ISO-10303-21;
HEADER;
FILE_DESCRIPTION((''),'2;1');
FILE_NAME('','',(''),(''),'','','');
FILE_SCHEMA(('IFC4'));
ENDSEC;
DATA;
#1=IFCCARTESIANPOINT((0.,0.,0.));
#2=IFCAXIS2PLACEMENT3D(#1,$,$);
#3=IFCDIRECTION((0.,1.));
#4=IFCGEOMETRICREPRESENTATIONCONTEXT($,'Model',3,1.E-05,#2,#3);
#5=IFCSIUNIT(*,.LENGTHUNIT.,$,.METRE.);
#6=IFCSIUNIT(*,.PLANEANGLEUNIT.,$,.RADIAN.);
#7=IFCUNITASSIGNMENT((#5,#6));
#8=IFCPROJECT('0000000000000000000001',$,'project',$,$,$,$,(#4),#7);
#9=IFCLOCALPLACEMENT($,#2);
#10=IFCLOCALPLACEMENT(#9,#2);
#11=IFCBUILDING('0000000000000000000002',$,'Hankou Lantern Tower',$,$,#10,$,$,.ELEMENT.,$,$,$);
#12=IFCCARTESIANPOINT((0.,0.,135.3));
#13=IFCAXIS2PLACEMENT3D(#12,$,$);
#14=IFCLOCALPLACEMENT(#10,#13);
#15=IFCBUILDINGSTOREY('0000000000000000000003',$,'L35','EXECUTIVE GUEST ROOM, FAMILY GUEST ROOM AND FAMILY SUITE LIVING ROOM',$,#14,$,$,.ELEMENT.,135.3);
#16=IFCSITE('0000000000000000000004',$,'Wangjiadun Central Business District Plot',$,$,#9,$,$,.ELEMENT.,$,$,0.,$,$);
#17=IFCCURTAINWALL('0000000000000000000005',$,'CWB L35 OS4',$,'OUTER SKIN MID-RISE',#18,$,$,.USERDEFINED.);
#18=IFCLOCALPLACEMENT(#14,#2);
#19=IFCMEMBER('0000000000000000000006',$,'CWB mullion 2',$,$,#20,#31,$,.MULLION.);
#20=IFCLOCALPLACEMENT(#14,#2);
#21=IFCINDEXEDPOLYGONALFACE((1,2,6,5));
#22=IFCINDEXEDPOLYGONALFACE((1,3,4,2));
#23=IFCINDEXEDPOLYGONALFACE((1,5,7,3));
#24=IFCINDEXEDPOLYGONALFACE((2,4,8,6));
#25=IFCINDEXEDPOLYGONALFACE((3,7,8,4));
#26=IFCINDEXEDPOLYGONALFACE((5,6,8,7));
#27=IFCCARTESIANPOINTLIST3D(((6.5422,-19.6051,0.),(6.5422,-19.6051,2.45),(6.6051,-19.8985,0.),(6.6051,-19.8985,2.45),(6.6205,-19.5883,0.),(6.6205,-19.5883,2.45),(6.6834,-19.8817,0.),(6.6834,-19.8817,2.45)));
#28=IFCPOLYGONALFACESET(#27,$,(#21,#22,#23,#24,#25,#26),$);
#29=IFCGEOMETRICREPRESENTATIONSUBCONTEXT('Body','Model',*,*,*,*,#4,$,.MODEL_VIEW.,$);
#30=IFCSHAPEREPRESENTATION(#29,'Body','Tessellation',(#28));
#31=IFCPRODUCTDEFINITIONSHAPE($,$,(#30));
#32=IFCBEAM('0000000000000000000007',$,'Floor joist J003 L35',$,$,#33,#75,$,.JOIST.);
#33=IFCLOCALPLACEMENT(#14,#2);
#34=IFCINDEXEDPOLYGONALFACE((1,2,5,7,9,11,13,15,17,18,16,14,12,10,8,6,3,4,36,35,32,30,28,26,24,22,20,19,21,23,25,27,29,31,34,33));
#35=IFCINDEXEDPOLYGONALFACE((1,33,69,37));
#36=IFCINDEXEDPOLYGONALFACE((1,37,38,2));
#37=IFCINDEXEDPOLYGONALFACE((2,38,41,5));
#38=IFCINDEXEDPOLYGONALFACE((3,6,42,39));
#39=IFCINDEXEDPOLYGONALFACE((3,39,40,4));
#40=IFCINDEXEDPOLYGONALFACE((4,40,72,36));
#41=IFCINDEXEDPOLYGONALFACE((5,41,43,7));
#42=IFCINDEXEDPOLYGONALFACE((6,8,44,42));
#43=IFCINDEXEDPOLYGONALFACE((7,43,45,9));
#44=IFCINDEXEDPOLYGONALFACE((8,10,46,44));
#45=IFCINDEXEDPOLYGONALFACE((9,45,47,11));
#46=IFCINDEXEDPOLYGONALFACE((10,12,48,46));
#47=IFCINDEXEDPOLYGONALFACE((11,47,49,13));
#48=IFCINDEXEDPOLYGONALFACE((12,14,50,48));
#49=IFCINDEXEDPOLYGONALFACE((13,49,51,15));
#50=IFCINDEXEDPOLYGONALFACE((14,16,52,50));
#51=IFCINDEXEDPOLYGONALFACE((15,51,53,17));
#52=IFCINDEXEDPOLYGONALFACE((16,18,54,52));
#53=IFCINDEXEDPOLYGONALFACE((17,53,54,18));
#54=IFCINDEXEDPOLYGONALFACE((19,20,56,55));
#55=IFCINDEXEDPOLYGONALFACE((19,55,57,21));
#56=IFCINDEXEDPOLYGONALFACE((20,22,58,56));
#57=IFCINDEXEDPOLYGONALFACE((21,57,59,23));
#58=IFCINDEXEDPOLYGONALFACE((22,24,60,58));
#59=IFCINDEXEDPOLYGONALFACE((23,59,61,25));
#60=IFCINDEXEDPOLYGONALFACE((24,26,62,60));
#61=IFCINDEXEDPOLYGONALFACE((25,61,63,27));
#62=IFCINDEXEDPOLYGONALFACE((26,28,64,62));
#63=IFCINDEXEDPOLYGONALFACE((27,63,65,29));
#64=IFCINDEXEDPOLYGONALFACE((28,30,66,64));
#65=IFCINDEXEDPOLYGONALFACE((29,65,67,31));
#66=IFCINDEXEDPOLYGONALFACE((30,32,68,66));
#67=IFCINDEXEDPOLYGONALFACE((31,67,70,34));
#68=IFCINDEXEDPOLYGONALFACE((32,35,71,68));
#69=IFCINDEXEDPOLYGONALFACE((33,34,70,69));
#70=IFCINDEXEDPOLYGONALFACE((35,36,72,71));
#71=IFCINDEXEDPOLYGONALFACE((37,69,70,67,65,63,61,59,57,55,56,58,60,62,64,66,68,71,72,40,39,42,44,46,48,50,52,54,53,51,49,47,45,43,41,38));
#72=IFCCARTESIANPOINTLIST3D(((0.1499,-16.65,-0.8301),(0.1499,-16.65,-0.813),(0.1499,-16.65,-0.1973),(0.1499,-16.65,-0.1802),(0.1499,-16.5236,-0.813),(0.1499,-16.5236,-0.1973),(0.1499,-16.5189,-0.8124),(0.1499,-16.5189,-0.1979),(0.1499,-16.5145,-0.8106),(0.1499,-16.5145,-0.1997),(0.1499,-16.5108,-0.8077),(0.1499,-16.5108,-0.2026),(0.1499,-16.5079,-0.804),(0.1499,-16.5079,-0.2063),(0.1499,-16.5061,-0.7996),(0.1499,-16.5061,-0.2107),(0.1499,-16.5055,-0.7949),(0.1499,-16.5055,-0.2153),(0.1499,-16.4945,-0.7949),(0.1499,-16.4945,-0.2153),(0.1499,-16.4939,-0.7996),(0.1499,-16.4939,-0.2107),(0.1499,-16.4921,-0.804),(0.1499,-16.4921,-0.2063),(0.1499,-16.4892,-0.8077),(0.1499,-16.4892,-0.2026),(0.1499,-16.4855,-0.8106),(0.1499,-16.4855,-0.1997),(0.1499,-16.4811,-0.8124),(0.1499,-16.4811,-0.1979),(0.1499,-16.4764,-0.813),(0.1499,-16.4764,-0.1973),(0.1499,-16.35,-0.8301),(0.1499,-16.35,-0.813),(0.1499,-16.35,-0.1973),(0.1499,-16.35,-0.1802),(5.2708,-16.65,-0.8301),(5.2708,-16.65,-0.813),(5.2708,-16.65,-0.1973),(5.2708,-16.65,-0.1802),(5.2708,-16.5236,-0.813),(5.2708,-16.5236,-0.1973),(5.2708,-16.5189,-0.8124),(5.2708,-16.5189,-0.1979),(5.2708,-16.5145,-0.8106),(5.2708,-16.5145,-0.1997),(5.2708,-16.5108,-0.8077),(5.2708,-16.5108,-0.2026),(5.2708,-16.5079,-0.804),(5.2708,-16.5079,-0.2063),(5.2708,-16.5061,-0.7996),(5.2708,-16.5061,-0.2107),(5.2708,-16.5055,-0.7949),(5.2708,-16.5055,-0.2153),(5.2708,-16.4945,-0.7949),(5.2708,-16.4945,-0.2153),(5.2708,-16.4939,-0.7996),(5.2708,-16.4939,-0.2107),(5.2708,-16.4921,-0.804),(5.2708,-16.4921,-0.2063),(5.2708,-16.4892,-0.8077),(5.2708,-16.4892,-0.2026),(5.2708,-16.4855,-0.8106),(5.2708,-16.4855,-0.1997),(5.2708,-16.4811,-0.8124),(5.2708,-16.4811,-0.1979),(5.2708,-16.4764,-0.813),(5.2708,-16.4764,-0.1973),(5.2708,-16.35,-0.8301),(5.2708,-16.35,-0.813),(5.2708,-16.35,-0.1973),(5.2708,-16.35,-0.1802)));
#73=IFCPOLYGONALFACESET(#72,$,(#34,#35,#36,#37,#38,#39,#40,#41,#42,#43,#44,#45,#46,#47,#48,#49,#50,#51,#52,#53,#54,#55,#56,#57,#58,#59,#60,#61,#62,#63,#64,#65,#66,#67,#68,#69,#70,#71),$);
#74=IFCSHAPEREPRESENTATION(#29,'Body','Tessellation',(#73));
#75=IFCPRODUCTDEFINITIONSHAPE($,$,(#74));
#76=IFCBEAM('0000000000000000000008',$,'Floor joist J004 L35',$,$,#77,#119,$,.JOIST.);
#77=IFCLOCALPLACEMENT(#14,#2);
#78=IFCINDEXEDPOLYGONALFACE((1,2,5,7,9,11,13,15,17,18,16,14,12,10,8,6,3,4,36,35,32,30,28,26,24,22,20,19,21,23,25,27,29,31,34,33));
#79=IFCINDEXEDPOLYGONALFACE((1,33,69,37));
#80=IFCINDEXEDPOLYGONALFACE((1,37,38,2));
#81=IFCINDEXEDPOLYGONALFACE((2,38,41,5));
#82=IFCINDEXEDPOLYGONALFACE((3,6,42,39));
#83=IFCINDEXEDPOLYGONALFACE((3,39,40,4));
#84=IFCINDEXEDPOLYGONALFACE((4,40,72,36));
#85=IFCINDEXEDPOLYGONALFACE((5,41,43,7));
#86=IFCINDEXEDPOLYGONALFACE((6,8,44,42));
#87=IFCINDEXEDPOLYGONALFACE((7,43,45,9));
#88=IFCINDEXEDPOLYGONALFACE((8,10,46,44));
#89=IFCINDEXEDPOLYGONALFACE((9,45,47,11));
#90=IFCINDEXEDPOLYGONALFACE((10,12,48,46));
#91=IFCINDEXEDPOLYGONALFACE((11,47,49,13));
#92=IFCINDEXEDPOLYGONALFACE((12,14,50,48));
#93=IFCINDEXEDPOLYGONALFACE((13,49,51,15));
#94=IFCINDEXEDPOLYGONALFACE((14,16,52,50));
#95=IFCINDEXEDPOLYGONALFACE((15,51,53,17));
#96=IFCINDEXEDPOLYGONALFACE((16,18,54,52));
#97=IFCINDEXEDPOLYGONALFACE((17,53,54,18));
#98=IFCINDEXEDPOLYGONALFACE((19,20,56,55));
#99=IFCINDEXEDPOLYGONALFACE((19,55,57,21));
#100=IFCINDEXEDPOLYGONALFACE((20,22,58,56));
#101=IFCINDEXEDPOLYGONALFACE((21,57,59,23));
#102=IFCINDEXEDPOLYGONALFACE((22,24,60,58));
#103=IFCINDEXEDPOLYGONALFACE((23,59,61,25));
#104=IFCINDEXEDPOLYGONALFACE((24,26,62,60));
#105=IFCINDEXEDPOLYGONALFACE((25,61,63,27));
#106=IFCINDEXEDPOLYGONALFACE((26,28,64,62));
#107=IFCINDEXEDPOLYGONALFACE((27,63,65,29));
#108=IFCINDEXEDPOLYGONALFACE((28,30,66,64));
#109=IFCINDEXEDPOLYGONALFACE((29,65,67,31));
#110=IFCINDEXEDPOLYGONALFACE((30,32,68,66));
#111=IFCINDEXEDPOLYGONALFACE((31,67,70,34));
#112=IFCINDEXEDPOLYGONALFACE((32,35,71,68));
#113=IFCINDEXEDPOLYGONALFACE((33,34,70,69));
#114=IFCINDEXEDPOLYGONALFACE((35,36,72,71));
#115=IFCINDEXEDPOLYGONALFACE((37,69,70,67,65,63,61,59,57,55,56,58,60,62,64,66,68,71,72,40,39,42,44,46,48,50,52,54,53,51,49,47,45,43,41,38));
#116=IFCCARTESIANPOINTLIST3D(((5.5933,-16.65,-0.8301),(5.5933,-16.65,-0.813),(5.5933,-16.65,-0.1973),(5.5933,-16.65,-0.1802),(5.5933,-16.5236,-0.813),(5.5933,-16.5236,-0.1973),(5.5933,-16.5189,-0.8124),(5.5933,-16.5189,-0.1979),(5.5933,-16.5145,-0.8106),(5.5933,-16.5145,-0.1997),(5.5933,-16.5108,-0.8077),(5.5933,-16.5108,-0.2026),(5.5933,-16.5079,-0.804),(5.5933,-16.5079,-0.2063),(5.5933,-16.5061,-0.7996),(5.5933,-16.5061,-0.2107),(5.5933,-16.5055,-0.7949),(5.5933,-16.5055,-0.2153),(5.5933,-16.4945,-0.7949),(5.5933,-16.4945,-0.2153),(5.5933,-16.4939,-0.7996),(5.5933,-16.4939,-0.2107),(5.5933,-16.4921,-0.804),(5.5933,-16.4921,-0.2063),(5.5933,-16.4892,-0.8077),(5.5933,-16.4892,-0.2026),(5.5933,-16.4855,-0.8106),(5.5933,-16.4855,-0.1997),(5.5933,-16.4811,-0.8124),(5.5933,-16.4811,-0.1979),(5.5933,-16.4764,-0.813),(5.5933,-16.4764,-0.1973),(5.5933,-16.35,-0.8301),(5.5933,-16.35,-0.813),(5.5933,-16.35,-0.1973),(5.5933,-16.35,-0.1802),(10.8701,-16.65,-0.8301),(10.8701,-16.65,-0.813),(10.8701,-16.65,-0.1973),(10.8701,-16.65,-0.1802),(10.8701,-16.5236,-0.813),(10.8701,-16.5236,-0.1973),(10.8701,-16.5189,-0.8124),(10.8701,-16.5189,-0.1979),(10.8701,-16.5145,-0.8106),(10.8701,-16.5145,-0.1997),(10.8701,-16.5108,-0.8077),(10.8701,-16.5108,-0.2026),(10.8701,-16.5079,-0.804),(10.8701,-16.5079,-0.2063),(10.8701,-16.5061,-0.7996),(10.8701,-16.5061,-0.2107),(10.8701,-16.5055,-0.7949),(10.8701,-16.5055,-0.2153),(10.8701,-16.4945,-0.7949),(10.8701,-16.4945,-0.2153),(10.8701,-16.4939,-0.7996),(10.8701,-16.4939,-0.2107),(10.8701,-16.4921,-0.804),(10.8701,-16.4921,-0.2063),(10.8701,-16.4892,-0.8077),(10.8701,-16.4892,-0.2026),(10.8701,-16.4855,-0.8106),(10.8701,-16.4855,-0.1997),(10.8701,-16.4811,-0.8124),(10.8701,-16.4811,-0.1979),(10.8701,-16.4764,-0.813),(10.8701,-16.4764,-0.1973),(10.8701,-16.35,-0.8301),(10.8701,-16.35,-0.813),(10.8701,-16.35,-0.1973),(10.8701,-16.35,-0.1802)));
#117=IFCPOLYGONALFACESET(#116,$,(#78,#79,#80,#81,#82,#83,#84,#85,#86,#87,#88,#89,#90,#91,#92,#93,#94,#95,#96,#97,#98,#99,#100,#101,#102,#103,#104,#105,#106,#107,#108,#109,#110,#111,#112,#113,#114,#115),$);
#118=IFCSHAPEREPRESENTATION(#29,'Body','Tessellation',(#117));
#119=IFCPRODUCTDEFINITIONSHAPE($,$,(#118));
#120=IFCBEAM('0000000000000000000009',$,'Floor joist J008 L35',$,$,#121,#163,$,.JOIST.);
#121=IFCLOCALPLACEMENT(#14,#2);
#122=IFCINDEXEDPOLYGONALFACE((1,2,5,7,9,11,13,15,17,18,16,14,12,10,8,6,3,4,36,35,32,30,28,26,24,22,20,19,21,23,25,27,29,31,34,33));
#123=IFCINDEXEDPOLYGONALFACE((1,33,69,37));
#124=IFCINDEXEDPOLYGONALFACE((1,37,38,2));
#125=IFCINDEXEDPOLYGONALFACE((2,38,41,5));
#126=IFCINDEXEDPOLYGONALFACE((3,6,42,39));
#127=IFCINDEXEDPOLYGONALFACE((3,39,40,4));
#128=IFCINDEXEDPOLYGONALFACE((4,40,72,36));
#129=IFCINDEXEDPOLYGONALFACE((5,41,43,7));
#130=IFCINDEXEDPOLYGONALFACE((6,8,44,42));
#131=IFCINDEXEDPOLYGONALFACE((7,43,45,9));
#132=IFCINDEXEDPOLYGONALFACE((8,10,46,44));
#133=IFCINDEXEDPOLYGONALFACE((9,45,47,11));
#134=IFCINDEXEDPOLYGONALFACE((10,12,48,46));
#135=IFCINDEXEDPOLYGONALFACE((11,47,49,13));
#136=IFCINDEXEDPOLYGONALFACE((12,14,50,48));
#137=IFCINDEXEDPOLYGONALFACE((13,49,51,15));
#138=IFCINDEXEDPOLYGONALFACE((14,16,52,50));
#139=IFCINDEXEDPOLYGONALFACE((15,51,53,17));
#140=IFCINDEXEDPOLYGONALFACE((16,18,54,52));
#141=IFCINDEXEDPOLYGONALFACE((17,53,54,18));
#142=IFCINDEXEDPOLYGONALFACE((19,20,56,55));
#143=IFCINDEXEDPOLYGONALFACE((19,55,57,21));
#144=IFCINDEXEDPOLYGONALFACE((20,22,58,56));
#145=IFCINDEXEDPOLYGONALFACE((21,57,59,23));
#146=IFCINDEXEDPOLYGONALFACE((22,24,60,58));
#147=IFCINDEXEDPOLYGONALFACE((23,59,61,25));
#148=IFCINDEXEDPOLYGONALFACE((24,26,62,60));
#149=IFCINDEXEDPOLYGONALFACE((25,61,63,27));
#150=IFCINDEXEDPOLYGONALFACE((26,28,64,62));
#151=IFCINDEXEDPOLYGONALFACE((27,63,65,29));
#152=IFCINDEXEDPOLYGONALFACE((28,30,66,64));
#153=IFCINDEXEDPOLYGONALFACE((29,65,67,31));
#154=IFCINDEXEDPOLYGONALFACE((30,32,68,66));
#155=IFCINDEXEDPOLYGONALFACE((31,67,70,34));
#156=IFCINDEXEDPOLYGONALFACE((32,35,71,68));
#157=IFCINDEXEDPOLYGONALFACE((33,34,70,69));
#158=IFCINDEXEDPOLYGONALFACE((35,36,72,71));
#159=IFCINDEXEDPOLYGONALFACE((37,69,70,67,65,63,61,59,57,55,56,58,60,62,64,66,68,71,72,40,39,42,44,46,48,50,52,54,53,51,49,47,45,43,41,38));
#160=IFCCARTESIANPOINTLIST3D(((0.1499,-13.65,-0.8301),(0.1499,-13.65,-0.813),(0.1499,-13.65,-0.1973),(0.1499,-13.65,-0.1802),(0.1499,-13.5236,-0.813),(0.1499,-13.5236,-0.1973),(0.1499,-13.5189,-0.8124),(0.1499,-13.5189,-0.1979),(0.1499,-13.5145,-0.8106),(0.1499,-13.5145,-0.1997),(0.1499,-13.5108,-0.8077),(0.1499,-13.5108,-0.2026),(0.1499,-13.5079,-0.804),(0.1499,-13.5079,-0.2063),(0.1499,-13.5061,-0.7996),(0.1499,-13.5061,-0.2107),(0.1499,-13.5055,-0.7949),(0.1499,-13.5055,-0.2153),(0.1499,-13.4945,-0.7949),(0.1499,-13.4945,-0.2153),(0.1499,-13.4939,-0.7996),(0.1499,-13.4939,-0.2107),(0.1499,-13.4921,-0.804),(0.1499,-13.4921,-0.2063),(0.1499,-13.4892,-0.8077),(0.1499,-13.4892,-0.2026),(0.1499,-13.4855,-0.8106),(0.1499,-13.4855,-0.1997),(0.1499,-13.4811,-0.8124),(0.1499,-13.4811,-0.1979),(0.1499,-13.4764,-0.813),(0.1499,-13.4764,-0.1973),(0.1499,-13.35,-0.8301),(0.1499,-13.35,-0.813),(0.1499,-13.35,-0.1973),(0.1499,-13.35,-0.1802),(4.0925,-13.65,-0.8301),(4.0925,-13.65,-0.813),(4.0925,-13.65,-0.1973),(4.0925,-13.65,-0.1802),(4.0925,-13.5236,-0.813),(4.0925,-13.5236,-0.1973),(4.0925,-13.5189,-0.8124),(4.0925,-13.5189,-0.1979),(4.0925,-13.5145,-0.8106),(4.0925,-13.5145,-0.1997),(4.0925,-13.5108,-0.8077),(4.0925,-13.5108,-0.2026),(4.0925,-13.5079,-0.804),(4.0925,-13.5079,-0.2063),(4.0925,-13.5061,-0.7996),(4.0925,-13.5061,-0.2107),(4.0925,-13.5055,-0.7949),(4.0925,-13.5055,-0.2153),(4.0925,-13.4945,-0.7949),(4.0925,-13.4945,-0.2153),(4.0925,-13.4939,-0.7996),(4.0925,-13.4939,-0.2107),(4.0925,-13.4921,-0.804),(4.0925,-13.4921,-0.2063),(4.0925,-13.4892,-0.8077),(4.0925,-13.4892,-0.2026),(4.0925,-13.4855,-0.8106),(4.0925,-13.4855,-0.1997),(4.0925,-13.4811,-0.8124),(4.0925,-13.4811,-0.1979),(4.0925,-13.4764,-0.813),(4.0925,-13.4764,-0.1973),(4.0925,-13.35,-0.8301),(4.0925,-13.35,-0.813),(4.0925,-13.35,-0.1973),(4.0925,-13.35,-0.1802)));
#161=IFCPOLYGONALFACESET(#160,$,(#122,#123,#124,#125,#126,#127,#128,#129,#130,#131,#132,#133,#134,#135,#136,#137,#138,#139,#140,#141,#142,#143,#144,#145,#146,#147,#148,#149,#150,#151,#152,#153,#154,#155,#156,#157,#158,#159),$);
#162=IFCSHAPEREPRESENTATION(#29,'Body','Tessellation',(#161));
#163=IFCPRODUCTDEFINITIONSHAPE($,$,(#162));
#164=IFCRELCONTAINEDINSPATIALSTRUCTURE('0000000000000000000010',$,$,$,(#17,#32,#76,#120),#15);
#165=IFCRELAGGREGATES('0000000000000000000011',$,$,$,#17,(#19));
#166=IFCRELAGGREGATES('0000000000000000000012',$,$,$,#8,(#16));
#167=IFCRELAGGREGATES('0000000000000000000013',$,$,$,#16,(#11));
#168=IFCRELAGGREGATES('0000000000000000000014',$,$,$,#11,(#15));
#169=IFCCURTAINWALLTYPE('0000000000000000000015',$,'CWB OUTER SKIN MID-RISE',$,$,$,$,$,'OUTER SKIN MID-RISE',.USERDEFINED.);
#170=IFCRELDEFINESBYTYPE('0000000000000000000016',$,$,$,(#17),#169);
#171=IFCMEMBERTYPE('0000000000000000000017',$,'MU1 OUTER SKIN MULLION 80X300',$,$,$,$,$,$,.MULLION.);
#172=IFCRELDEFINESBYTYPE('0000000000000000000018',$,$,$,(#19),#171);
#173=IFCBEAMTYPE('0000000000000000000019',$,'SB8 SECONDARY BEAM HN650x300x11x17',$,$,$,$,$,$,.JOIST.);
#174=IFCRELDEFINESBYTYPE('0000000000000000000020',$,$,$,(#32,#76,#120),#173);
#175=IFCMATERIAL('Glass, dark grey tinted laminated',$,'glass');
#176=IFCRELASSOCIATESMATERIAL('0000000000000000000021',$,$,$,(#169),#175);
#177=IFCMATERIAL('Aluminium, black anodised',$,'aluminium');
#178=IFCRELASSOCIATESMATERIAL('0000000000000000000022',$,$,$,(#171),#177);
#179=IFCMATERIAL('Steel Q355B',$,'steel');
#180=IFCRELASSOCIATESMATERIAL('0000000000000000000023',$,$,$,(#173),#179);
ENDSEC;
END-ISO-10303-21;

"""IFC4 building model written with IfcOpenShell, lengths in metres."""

from ifc_helpers import new_model, si_unit, direction, frame, origin, origin_2d, place, context, subcontext, project, spatial, rectangle, i_section, extrude, material, material_profile, profile_set, type_object, element, aggregate, save


model = new_model("IFC4")

# Units and contexts
model_context = context("Model", 3, precision=1e-05, world=origin(), true_north=direction((0.0, 1.0)))
body_context = subcontext(model_context, "Body", "Model", "MODEL_VIEW")
ifc_project = project(units=[si_unit("LENGTHUNIT", "METRE"), si_unit("PLANEANGLEUNIT", "RADIAN")], contexts=[model_context])

# Site, building, storey
site_placement = place(None, origin())
site = spatial("IfcSite", under=ifc_project, at=site_placement, Name="Wangjiadun Central Business District Plot", CompositionType="ELEMENT", RefElevation=0.0)
building_placement = place(site_placement, origin())
building = spatial("IfcBuilding", under=site, at=building_placement, Name="Hankou Lantern Tower", CompositionType="ELEMENT")
storey_placement = place(building_placement, frame((0.0, 0.0, 135.3)))
storey = spatial("IfcBuildingStorey", under=building, at=storey_placement, Name="L35", Description="EXECUTIVE GUEST ROOM, FAMILY GUEST ROOM AND FAMILY SUITE LIVING ROOM", CompositionType="ELEMENT", Elevation=135.3)

# Curtain wall, member
ifc_material_1 = material(Name="Glass, dark grey tinted laminated", Category="glass")
curtain_wall_type = type_object("IfcCurtainWallType", Name="CWB OUTER SKIN MID-RISE", ElementType="OUTER SKIN MID-RISE", PredefinedType="USERDEFINED", material=ifc_material_1)
curtain_wall_placement = place(storey_placement, origin())
curtain_wall = element("IfcCurtainWall", 1, at=curtain_wall_placement, inside=storey, type_object=curtain_wall_type, Name="CWB L35 OS4", ObjectType="OUTER SKIN MID-RISE", PredefinedType="USERDEFINED")
ifc_material_2 = material(Name="Aluminium, black anodised", Category="aluminium")
ifc_material_profile_1 = material_profile(ifc_material_2, rectangle(XDim=0.0801, YDim=0.3, at=origin_2d()), Name="MU1 80X300")
ifc_profile_set_1 = profile_set([ifc_material_profile_1], Name="Aluminium, black anodised")
member_type_1 = type_object("IfcMemberType", Name="MU1 OUTER SKIN MULLION 80X300", PredefinedType="MULLION", material=ifc_profile_set_1)
member_1_placement = place(storey_placement, frame((6.6128, -19.7434, 0.0), z_axis=(0.0, 0.0, 1.0), x_axis=(0.977788, 0.209598, 0.0)))
member_1 = element("IfcMember", 2, at=member_1_placement, type_object=member_type_1, Name="CWB mullion 2", PredefinedType="MULLION", context=body_context, shape_type="SweptSolid", body=[
    extrude(rectangle(XDim=0.0801, YDim=0.3, at=origin_2d()), origin(), (0.0, 0.0, 1.0), 2.45),
])

# Beams
ifc_material_3 = material(Name="Steel Q355B", Category="steel")
ifc_material_profile_2 = material_profile(ifc_material_3, i_section(OverallWidth=0.3, OverallDepth=0.6499, WebThickness=0.011, FlangeThickness=0.0171, FilletRadius=0.0181, at=origin_2d()), Name="HN650x300x11x17")
ifc_profile_set_2 = profile_set([ifc_material_profile_2], Name="Steel Q355B")
beam_type_1 = type_object("IfcBeamType", Name="SB8 SECONDARY BEAM HN650x300x11x17", PredefinedType="JOIST", material=ifc_profile_set_2)
beam_1_placement = place(storey_placement, frame((0.1499, -16.5, -0.5051), z_axis=(1.0, 0.0, 0.0), x_axis=(0.0, 1.0, 0.0)))
element("IfcBeam", 3, at=beam_1_placement, inside=storey, type_object=beam_type_1, Name="Floor joist J003 L35", PredefinedType="JOIST", context=body_context, shape_type="SweptSolid", body=[
    extrude(i_section(OverallWidth=0.3, OverallDepth=0.6499, WebThickness=0.011, FlangeThickness=0.0171, FilletRadius=0.0181, at=origin_2d()), origin(), (0.0, 0.0, 1.0), 5.1208),
])
beam_2_placement = place(storey_placement, frame((5.5933, -16.5, -0.5051), z_axis=(1.0, 0.0, 0.0), x_axis=(0.0, 1.0, 0.0)))
element("IfcBeam", 4, at=beam_2_placement, inside=storey, type_object=beam_type_1, Name="Floor joist J004 L35", PredefinedType="JOIST", context=body_context, shape_type="SweptSolid", body=[
    extrude(i_section(OverallWidth=0.3, OverallDepth=0.6499, WebThickness=0.011, FlangeThickness=0.0171, FilletRadius=0.0181, at=origin_2d()), origin(), (0.0, 0.0, 1.0), 5.2769),
])
beam_3_placement = place(storey_placement, frame((0.1499, -13.5, -0.5051), z_axis=(1.0, 0.0, 0.0), x_axis=(0.0, 1.0, 0.0)))
element("IfcBeam", 5, at=beam_3_placement, inside=storey, type_object=beam_type_1, Name="Floor joist J008 L35", PredefinedType="JOIST", context=body_context, shape_type="SweptSolid", body=[
    extrude(i_section(OverallWidth=0.3, OverallDepth=0.6499, WebThickness=0.011, FlangeThickness=0.0171, FilletRadius=0.0181, at=origin_2d()), origin(), (0.0, 0.0, 1.0), 3.9426),
])

aggregate(curtain_wall, [member_1])

save(model, "model.ifc")
